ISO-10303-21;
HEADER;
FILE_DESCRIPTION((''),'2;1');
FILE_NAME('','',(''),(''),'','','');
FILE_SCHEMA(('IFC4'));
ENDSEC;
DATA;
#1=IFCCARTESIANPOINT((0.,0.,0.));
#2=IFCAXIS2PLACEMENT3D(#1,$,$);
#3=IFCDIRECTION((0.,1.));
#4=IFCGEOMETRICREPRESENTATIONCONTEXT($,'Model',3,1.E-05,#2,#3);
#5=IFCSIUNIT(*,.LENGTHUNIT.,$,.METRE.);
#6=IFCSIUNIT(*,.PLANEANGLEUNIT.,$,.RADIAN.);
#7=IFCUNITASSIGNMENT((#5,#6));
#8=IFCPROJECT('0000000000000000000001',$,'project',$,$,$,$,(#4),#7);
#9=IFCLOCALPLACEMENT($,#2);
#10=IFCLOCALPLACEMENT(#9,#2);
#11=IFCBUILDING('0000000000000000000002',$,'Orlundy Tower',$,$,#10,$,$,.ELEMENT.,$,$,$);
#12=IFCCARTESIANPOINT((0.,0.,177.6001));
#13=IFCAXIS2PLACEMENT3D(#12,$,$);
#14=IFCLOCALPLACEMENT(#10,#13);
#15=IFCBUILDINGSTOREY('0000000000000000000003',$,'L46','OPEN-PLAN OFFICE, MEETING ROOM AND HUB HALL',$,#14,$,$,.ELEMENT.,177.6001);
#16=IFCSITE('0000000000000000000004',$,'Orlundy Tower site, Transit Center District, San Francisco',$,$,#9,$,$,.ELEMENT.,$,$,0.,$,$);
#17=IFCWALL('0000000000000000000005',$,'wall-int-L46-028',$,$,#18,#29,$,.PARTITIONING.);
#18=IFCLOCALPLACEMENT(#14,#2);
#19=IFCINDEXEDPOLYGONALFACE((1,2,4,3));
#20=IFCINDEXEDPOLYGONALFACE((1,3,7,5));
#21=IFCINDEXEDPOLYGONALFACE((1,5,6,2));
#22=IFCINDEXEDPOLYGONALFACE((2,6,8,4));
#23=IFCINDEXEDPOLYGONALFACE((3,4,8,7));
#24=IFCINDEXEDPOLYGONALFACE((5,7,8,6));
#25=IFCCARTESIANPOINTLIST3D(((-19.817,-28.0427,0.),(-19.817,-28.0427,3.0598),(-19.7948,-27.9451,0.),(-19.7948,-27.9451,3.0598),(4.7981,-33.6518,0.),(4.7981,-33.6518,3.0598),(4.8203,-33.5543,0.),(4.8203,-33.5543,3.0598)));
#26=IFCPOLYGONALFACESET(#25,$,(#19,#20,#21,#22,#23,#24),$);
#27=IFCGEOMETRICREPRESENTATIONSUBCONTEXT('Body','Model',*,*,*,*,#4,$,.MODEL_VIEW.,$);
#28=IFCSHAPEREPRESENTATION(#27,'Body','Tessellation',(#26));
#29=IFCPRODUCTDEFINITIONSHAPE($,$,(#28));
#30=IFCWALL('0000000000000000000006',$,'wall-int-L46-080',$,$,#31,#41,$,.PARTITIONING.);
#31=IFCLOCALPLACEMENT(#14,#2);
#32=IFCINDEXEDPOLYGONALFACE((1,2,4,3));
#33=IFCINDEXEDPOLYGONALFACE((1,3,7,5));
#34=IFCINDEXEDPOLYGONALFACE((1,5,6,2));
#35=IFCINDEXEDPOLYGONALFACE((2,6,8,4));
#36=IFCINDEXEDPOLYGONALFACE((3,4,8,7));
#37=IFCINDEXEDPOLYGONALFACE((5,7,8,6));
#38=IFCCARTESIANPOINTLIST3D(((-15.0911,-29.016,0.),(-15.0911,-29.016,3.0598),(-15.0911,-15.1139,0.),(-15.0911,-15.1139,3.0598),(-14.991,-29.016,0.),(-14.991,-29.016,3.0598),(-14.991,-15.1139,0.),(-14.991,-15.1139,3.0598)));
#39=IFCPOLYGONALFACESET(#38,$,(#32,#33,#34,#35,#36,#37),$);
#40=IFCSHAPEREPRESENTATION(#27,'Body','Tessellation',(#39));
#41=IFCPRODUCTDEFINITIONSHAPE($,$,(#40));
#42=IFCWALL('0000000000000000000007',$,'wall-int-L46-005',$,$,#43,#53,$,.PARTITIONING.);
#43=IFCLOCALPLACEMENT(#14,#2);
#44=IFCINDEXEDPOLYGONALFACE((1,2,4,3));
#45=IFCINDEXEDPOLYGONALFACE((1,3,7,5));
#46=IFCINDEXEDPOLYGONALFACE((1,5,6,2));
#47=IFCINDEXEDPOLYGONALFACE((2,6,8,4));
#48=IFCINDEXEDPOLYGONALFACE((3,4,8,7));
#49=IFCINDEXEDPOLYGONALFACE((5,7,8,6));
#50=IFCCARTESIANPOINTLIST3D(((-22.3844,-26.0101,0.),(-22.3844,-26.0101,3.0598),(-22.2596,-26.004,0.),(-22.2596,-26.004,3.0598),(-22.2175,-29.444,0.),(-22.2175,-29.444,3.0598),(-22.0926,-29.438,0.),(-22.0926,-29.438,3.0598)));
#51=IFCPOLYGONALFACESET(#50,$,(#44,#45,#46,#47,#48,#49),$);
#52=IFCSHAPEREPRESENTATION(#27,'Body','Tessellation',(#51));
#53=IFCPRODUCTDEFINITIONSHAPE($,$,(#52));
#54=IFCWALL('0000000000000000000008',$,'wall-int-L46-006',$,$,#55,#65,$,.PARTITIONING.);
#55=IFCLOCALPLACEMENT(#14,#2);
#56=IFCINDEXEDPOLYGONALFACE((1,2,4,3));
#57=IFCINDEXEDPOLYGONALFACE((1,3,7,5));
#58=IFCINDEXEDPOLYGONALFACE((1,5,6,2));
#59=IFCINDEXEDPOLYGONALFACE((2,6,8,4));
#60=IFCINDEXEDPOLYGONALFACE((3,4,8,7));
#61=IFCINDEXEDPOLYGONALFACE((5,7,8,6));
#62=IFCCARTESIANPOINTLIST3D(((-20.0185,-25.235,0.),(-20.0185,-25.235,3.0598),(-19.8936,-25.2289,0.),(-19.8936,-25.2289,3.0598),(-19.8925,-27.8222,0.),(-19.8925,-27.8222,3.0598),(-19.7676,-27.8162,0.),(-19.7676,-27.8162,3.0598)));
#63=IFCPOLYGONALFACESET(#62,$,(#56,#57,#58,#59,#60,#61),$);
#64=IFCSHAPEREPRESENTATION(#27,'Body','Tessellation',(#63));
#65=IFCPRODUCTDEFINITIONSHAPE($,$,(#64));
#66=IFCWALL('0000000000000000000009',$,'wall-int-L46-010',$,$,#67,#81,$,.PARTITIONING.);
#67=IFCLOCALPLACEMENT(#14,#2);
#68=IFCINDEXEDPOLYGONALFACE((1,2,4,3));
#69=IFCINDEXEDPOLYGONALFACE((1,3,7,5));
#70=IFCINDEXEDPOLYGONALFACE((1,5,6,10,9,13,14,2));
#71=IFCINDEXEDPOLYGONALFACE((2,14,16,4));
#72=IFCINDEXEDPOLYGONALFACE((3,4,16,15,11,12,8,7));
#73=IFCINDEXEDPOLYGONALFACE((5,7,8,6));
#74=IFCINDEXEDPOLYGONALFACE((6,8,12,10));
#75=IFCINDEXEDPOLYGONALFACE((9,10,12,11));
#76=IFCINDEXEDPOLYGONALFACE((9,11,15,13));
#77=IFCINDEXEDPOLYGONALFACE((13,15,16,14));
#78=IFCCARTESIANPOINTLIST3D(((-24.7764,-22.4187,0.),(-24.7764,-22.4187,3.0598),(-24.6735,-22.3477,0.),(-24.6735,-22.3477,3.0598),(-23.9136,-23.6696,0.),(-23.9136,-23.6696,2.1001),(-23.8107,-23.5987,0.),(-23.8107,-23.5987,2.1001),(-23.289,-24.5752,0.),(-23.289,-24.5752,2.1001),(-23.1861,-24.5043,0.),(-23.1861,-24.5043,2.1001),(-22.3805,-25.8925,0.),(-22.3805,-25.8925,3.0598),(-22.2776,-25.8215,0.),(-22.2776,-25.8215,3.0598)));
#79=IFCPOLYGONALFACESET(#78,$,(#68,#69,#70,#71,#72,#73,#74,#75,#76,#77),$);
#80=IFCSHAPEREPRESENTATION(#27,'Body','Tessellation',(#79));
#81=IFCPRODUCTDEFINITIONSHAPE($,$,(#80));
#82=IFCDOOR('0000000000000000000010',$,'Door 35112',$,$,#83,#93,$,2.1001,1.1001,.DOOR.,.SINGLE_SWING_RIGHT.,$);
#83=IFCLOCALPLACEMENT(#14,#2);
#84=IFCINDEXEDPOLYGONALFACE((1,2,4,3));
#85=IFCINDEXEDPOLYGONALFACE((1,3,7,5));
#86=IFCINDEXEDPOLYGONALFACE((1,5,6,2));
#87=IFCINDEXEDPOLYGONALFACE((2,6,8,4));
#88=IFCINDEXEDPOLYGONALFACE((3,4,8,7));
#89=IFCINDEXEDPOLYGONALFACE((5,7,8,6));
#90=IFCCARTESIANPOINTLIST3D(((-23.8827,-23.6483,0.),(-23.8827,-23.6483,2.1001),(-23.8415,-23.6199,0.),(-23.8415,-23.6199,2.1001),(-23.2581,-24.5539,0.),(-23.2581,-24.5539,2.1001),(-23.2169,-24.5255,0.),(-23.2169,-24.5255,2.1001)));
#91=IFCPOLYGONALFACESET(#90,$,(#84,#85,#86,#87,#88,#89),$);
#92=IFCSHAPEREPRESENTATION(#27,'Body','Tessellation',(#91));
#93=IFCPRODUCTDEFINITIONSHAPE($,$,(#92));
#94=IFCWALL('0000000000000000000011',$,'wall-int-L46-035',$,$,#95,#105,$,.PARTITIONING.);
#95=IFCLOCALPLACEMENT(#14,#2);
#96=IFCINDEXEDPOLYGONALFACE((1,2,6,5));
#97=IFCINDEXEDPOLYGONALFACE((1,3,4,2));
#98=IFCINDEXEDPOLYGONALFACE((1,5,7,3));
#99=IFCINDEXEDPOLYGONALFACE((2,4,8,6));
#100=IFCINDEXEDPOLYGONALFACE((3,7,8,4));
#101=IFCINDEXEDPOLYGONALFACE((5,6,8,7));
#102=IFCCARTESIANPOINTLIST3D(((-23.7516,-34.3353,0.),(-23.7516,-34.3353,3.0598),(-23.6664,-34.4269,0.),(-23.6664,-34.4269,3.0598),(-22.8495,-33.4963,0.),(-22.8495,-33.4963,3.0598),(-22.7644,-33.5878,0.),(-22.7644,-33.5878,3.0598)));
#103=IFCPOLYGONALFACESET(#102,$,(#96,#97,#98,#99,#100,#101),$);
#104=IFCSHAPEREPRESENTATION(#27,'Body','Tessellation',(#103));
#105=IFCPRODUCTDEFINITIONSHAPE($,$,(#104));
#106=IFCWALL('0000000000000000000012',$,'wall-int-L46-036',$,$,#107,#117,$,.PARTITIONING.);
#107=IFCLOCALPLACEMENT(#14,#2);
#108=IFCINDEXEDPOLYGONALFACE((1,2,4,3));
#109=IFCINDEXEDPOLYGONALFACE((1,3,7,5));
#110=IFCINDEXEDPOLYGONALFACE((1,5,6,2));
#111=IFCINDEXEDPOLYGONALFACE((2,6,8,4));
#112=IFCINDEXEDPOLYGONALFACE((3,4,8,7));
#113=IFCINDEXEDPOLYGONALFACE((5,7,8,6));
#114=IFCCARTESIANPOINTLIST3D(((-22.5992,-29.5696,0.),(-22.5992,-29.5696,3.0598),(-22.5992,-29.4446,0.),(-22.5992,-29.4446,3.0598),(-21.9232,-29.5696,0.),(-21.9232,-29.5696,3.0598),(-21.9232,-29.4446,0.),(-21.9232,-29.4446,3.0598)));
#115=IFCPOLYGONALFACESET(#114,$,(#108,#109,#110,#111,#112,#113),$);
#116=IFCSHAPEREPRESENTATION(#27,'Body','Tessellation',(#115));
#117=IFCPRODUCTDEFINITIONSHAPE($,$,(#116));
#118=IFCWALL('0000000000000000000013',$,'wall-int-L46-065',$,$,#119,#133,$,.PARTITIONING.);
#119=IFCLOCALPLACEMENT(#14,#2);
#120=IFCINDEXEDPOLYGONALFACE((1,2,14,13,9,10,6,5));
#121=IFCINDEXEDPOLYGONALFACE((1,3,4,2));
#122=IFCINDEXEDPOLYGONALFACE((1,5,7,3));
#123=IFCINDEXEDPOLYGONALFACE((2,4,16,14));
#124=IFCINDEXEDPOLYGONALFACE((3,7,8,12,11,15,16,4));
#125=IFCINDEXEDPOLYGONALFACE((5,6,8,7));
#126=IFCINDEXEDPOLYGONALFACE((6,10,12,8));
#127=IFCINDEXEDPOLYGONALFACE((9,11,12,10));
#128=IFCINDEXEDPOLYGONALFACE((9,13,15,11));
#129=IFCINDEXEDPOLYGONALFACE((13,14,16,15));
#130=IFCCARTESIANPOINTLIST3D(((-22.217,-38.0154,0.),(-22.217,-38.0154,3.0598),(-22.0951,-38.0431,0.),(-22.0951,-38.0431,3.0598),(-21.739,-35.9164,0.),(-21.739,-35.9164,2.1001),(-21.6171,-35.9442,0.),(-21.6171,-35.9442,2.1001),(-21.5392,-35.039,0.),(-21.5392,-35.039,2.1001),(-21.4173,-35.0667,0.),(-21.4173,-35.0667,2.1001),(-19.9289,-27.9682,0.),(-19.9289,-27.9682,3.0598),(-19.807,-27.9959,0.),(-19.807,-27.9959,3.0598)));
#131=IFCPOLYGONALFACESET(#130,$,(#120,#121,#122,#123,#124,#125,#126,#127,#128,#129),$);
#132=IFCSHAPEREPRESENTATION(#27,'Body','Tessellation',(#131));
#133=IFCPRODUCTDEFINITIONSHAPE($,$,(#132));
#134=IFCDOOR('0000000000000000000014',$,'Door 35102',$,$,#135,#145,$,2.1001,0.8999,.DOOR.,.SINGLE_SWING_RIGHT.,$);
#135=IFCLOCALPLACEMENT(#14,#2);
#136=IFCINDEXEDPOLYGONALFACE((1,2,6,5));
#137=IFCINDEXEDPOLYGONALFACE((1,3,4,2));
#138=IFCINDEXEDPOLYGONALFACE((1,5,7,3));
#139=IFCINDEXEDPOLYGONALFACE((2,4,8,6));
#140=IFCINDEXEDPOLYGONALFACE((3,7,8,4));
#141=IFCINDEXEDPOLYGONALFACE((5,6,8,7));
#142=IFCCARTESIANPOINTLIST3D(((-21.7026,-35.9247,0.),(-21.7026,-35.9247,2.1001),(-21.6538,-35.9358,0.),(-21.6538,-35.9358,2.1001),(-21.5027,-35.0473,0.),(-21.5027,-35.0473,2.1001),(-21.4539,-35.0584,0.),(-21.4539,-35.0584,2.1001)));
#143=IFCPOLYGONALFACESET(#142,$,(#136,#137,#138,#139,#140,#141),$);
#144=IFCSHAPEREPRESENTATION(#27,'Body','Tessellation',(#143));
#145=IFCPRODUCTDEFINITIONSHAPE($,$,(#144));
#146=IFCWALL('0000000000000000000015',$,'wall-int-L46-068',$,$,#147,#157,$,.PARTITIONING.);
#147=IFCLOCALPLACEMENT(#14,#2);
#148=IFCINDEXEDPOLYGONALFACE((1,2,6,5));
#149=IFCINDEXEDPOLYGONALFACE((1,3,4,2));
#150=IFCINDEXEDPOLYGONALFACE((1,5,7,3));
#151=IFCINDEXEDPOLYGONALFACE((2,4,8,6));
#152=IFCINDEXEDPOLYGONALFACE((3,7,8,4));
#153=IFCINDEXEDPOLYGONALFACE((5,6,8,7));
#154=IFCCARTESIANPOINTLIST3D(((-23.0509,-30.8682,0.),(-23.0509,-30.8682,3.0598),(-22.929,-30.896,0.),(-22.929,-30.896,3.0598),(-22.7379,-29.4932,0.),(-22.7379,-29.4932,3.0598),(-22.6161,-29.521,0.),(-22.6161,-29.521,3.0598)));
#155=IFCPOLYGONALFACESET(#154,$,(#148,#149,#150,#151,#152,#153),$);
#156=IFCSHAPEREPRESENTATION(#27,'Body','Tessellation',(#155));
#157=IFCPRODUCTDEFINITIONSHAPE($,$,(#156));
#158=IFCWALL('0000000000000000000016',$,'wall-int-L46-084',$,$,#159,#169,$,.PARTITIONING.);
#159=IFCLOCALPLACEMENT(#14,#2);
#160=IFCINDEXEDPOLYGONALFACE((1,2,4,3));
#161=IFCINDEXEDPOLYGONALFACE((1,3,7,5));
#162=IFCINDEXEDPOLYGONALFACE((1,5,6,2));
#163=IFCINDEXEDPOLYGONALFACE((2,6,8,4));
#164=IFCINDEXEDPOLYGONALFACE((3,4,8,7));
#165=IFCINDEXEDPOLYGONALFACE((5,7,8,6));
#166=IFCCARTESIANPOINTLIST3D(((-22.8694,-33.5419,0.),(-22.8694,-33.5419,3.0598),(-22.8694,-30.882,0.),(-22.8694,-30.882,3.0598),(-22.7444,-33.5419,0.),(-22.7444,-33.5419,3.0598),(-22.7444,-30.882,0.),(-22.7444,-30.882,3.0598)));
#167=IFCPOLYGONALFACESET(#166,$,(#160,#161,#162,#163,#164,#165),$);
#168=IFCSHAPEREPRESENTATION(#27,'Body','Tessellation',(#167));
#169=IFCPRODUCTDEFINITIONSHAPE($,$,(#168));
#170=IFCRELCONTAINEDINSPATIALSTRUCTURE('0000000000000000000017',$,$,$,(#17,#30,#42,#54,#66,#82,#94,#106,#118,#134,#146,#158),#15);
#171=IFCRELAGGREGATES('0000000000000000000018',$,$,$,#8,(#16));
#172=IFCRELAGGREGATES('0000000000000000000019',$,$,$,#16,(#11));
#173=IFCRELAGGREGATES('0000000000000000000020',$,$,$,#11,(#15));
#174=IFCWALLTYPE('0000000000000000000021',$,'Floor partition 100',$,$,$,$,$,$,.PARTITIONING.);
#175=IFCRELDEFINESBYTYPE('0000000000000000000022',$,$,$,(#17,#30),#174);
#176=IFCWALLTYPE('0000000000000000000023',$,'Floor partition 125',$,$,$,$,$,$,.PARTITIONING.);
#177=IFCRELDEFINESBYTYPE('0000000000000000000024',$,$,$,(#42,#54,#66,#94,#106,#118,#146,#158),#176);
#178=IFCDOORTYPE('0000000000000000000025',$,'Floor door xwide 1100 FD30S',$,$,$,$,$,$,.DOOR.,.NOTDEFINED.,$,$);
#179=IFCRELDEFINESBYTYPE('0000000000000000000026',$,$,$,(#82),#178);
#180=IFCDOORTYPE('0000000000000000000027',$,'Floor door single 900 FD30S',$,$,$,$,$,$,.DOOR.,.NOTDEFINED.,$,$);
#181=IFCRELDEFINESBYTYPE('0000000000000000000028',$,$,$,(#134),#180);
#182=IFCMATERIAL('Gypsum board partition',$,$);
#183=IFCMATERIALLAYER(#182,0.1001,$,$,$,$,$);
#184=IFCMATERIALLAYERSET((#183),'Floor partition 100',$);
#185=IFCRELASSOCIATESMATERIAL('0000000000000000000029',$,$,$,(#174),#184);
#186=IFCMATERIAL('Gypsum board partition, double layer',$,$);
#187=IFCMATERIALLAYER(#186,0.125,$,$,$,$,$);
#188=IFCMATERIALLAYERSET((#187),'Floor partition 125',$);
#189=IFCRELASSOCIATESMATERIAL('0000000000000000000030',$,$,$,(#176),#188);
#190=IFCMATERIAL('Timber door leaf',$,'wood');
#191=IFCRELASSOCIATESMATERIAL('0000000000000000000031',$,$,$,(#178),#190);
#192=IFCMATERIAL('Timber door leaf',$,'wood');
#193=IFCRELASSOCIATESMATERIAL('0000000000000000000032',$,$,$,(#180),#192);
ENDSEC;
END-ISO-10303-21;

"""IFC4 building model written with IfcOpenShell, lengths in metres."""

from ifc_helpers import new_model, si_unit, direction, frame, frame_2d, origin, place, context, subcontext, project, spatial, rectangle, extrude, material, layer, layer_set, type_object, element, fill, save


model = new_model("IFC4")

# Units and contexts
model_context = context("Model", 3, precision=1e-05, world=origin(), true_north=direction((0.0, 1.0)))
body_context = subcontext(model_context, "Body", "Model", "MODEL_VIEW")
ifc_project = project(units=[si_unit("LENGTHUNIT", "METRE"), si_unit("PLANEANGLEUNIT", "RADIAN")], contexts=[model_context])

# Site, building, storey
site_placement = place(None, origin())
site = spatial("IfcSite", under=ifc_project, at=site_placement, Name="Orlundy Tower site, Transit Center District, San Francisco", CompositionType="ELEMENT", RefElevation=0.0)
building_placement = place(site_placement, origin())
building = spatial("IfcBuilding", under=site, at=building_placement, Name="Orlundy Tower", CompositionType="ELEMENT")
storey_placement = place(building_placement, frame((0.0, 0.0, 177.6001)))
storey = spatial("IfcBuildingStorey", under=building, at=storey_placement, Name="L46", Description="OPEN-PLAN OFFICE, MEETING ROOM AND HUB HALL", CompositionType="ELEMENT", Elevation=177.6001)

# Walls
ifc_material_1 = material(Name="Gypsum board partition")
ifc_layer_1 = layer(ifc_material_1, 0.1001)
ifc_layer_set_1 = layer_set([ifc_layer_1], Name="Floor partition 100")
wall_type_1 = type_object("IfcWallType", Name="Floor partition 100", PredefinedType="PARTITIONING", material=ifc_layer_set_1)
wall_1_placement = place(storey_placement, frame((-19.8059, -27.9939, 0.0), z_axis=(0.0, 0.0, 1.0), x_axis=(0.975006, -0.222179, 0.0)))
element("IfcWall", 1, at=wall_1_placement, inside=storey, type_object=wall_type_1, Name="wall-int-L46-028", PredefinedType="PARTITIONING", context=body_context, shape_type="SweptSolid", body=[
    extrude(rectangle(XDim=25.2461, YDim=0.1001, at=frame_2d((12.623, 0.0))), origin(), (0.0, 0.0, 1.0), 3.0598),
])
wall_2_placement = place(storey_placement, frame((-15.041, -29.0161, 0.0), z_axis=(0.0, 0.0, 1.0), x_axis=(0.0, 1.0, 0.0)))
element("IfcWall", 2, at=wall_2_placement, inside=storey, type_object=wall_type_1, Name="wall-int-L46-080", PredefinedType="PARTITIONING", context=body_context, shape_type="SweptSolid", body=[
    extrude(rectangle(XDim=13.9021, YDim=0.1001, at=frame_2d((6.9512, 0.0))), origin(), (0.0, 0.0, 1.0), 3.0598),
])
ifc_material_2 = material(Name="Gypsum board partition, double layer")
ifc_layer_2 = layer(ifc_material_2, 0.125)
ifc_layer_set_2 = layer_set([ifc_layer_2], Name="Floor partition 125")
wall_type_2 = type_object("IfcWallType", Name="Floor partition 125", PredefinedType="PARTITIONING", material=ifc_layer_set_2)
wall_3_placement = place(storey_placement, frame((-22.322, -26.0071, 0.0), z_axis=(0.0, 0.0, 1.0), x_axis=(0.048574, -0.99882, 0.0)))
element("IfcWall", 3, at=wall_3_placement, inside=storey, type_object=wall_type_2, Name="wall-int-L46-005", PredefinedType="PARTITIONING", context=body_context, shape_type="SweptSolid", body=[
    extrude(rectangle(XDim=3.438, YDim=0.125, at=frame_2d((1.719, 0.0))), origin(), (0.0, 0.0, 1.0), 3.0598),
])
wall_4_placement = place(storey_placement, frame((-19.9561, -25.2319, 0.0), z_axis=(0.0, 0.0, 1.0), x_axis=(0.048635, -0.998817, 0.0)))
element("IfcWall", 4, at=wall_4_placement, inside=storey, type_object=wall_type_2, Name="wall-int-L46-006", PredefinedType="PARTITIONING", context=body_context, shape_type="SweptSolid", body=[
    extrude(rectangle(XDim=2.5903, YDim=0.125, at=frame_2d((1.2952, 0.0))), origin(), (0.0, 0.0, 1.0), 3.0598),
])

# Wall, opening, door
wall_5_placement = place(storey_placement, frame((-22.3291, -25.8569, 0.0), z_axis=(0.0, 0.0, 1.0), x_axis=(-0.567768, 0.823189, 0.0)))
wall_5 = element("IfcWall", 5, at=wall_5_placement, inside=storey, type_object=wall_type_2, Name="wall-int-L46-010", PredefinedType="PARTITIONING", context=body_context, shape_type="SweptSolid", body=[
    extrude(rectangle(XDim=4.22, YDim=0.125, at=frame_2d((2.1099, 0.0))), origin(), (0.0, 0.0, 1.0), 3.0598),
])
opening_1_placement = place(wall_5_placement, frame((1.6001, 0.0, 0.0)))
opening_1 = element("IfcOpeningElement", 6, at=opening_1_placement, cuts=wall_5, PredefinedType="OPENING", context=body_context, shape_type="SweptSolid", body=[
    extrude(rectangle(XDim=1.1001, YDim=2.1001, at=frame_2d((0.55, 1.05))), frame((0.0, 0.0725, 0.0), z_axis=(0.0, -1.0, 0.0), x_axis=(1.0, 0.0, 0.0)), (0.0, 0.0, 1.0), 0.145),
])
ifc_material_3 = material(Name="Timber door leaf", Category="wood")
door_type_1 = type_object("IfcDoorType", Name="Floor door xwide 1100 FD30S", OperationType="NOTDEFINED", PredefinedType="DOOR", material=ifc_material_3)
door_1_placement = place(opening_1_placement, origin())
door_1 = element("IfcDoor", 7, at=door_1_placement, inside=storey, type_object=door_type_1, Name="Door 35112", OperationType="SINGLE_SWING_RIGHT", OverallHeight=2.1001, OverallWidth=1.1001, PredefinedType="DOOR", context=body_context, shape_type="SweptSolid", body=[
    extrude(rectangle(XDim=1.1001, YDim=2.1001, at=frame_2d((0.55, 1.05))), frame((0.0, 0.0249, 0.0), z_axis=(0.0, -1.0, 0.0), x_axis=(1.0, 0.0, 0.0)), (0.0, 0.0, 1.0), 0.05),
])
fill(opening_1, door_1)

# Walls
wall_6_placement = place(storey_placement, frame((-23.709, -34.3811, 0.0), z_axis=(0.0, 0.0, 1.0), x_axis=(0.732207, 0.681082, 0.0)))
element("IfcWall", 8, at=wall_6_placement, inside=storey, type_object=wall_type_2, Name="wall-int-L46-035", PredefinedType="PARTITIONING", context=body_context, shape_type="SweptSolid", body=[
    extrude(rectangle(XDim=1.2319, YDim=0.125, at=frame_2d((0.616, 0.0))), origin(), (0.0, 0.0, 1.0), 3.0598),
])
wall_7_placement = place(storey_placement, frame((-22.5991, -29.5071, 0.0), z_axis=(0.0, 0.0, 1.0), x_axis=(1.0, 0.0, 0.0)))
element("IfcWall", 9, at=wall_7_placement, inside=storey, type_object=wall_type_2, Name="wall-int-L46-036", PredefinedType="PARTITIONING", context=body_context, shape_type="SweptSolid", body=[
    extrude(rectangle(XDim=0.676, YDim=0.125, at=frame_2d((0.3379, 0.0))), origin(), (0.0, 0.0, 1.0), 3.0598),
])

# Wall, opening, door
wall_8_placement = place(storey_placement, frame((-19.8679, -27.9819, 0.0), z_axis=(0.0, 0.0, 1.0), x_axis=(-0.22205, -0.975035, 0.0)))
wall_8 = element("IfcWall", 10, at=wall_8_placement, inside=storey, type_object=wall_type_2, Name="wall-int-L46-065", PredefinedType="PARTITIONING", context=body_context, shape_type="SweptSolid", body=[
    extrude(rectangle(XDim=10.3044, YDim=0.125, at=frame_2d((5.1523, 0.0))), origin(), (0.0, 0.0, 1.0), 3.0598),
])
opening_2_placement = place(wall_8_placement, frame((7.252, 0.0, 0.0)))
opening_2 = element("IfcOpeningElement", 11, at=opening_2_placement, cuts=wall_8, PredefinedType="OPENING", context=body_context, shape_type="SweptSolid", body=[
    extrude(rectangle(XDim=0.8999, YDim=2.1001, at=frame_2d((0.45, 1.05))), frame((0.0, 0.0725, 0.0), z_axis=(0.0, -1.0, 0.0), x_axis=(1.0, 0.0, 0.0)), (0.0, 0.0, 1.0), 0.145),
])
ifc_material_4 = material(Name="Timber door leaf", Category="wood")
door_type_2 = type_object("IfcDoorType", Name="Floor door single 900 FD30S", OperationType="NOTDEFINED", PredefinedType="DOOR", material=ifc_material_4)
door_2_placement = place(opening_2_placement, origin())
door_2 = element("IfcDoor", 12, at=door_2_placement, inside=storey, type_object=door_type_2, Name="Door 35102", OperationType="SINGLE_SWING_RIGHT", OverallHeight=2.1001, OverallWidth=0.8999, PredefinedType="DOOR", context=body_context, shape_type="SweptSolid", body=[
    extrude(rectangle(XDim=0.8999, YDim=2.1001, at=frame_2d((0.45, 1.05))), frame((0.0, 0.0249, 0.0), z_axis=(0.0, -1.0, 0.0), x_axis=(1.0, 0.0, 0.0)), (0.0, 0.0, 1.0), 0.05),
])
fill(opening_2, door_2)

# Walls
wall_9_placement = place(storey_placement, frame((-22.99, -30.8821, 0.0), z_axis=(0.0, 0.0, 1.0), x_axis=(0.22195, 0.975058, 0.0)))
element("IfcWall", 13, at=wall_9_placement, inside=storey, type_object=wall_type_2, Name="wall-int-L46-068", PredefinedType="PARTITIONING", context=body_context, shape_type="SweptSolid", body=[
    extrude(rectangle(XDim=1.4102, YDim=0.125, at=frame_2d((0.7051, 0.0))), origin(), (0.0, 0.0, 1.0), 3.0598),
])
wall_10_placement = place(storey_placement, frame((-22.8069, -33.542, 0.0), z_axis=(0.0, 0.0, 1.0), x_axis=(0.0, 1.0, 0.0)))
element("IfcWall", 14, at=wall_10_placement, inside=storey, type_object=wall_type_2, Name="wall-int-L46-084", PredefinedType="PARTITIONING", context=body_context, shape_type="SweptSolid", body=[
    extrude(rectangle(XDim=2.6599, YDim=0.125, at=frame_2d((1.3301, 0.0))), origin(), (0.0, 0.0, 1.0), 3.0598),
])

save(model, "model.ifc")
